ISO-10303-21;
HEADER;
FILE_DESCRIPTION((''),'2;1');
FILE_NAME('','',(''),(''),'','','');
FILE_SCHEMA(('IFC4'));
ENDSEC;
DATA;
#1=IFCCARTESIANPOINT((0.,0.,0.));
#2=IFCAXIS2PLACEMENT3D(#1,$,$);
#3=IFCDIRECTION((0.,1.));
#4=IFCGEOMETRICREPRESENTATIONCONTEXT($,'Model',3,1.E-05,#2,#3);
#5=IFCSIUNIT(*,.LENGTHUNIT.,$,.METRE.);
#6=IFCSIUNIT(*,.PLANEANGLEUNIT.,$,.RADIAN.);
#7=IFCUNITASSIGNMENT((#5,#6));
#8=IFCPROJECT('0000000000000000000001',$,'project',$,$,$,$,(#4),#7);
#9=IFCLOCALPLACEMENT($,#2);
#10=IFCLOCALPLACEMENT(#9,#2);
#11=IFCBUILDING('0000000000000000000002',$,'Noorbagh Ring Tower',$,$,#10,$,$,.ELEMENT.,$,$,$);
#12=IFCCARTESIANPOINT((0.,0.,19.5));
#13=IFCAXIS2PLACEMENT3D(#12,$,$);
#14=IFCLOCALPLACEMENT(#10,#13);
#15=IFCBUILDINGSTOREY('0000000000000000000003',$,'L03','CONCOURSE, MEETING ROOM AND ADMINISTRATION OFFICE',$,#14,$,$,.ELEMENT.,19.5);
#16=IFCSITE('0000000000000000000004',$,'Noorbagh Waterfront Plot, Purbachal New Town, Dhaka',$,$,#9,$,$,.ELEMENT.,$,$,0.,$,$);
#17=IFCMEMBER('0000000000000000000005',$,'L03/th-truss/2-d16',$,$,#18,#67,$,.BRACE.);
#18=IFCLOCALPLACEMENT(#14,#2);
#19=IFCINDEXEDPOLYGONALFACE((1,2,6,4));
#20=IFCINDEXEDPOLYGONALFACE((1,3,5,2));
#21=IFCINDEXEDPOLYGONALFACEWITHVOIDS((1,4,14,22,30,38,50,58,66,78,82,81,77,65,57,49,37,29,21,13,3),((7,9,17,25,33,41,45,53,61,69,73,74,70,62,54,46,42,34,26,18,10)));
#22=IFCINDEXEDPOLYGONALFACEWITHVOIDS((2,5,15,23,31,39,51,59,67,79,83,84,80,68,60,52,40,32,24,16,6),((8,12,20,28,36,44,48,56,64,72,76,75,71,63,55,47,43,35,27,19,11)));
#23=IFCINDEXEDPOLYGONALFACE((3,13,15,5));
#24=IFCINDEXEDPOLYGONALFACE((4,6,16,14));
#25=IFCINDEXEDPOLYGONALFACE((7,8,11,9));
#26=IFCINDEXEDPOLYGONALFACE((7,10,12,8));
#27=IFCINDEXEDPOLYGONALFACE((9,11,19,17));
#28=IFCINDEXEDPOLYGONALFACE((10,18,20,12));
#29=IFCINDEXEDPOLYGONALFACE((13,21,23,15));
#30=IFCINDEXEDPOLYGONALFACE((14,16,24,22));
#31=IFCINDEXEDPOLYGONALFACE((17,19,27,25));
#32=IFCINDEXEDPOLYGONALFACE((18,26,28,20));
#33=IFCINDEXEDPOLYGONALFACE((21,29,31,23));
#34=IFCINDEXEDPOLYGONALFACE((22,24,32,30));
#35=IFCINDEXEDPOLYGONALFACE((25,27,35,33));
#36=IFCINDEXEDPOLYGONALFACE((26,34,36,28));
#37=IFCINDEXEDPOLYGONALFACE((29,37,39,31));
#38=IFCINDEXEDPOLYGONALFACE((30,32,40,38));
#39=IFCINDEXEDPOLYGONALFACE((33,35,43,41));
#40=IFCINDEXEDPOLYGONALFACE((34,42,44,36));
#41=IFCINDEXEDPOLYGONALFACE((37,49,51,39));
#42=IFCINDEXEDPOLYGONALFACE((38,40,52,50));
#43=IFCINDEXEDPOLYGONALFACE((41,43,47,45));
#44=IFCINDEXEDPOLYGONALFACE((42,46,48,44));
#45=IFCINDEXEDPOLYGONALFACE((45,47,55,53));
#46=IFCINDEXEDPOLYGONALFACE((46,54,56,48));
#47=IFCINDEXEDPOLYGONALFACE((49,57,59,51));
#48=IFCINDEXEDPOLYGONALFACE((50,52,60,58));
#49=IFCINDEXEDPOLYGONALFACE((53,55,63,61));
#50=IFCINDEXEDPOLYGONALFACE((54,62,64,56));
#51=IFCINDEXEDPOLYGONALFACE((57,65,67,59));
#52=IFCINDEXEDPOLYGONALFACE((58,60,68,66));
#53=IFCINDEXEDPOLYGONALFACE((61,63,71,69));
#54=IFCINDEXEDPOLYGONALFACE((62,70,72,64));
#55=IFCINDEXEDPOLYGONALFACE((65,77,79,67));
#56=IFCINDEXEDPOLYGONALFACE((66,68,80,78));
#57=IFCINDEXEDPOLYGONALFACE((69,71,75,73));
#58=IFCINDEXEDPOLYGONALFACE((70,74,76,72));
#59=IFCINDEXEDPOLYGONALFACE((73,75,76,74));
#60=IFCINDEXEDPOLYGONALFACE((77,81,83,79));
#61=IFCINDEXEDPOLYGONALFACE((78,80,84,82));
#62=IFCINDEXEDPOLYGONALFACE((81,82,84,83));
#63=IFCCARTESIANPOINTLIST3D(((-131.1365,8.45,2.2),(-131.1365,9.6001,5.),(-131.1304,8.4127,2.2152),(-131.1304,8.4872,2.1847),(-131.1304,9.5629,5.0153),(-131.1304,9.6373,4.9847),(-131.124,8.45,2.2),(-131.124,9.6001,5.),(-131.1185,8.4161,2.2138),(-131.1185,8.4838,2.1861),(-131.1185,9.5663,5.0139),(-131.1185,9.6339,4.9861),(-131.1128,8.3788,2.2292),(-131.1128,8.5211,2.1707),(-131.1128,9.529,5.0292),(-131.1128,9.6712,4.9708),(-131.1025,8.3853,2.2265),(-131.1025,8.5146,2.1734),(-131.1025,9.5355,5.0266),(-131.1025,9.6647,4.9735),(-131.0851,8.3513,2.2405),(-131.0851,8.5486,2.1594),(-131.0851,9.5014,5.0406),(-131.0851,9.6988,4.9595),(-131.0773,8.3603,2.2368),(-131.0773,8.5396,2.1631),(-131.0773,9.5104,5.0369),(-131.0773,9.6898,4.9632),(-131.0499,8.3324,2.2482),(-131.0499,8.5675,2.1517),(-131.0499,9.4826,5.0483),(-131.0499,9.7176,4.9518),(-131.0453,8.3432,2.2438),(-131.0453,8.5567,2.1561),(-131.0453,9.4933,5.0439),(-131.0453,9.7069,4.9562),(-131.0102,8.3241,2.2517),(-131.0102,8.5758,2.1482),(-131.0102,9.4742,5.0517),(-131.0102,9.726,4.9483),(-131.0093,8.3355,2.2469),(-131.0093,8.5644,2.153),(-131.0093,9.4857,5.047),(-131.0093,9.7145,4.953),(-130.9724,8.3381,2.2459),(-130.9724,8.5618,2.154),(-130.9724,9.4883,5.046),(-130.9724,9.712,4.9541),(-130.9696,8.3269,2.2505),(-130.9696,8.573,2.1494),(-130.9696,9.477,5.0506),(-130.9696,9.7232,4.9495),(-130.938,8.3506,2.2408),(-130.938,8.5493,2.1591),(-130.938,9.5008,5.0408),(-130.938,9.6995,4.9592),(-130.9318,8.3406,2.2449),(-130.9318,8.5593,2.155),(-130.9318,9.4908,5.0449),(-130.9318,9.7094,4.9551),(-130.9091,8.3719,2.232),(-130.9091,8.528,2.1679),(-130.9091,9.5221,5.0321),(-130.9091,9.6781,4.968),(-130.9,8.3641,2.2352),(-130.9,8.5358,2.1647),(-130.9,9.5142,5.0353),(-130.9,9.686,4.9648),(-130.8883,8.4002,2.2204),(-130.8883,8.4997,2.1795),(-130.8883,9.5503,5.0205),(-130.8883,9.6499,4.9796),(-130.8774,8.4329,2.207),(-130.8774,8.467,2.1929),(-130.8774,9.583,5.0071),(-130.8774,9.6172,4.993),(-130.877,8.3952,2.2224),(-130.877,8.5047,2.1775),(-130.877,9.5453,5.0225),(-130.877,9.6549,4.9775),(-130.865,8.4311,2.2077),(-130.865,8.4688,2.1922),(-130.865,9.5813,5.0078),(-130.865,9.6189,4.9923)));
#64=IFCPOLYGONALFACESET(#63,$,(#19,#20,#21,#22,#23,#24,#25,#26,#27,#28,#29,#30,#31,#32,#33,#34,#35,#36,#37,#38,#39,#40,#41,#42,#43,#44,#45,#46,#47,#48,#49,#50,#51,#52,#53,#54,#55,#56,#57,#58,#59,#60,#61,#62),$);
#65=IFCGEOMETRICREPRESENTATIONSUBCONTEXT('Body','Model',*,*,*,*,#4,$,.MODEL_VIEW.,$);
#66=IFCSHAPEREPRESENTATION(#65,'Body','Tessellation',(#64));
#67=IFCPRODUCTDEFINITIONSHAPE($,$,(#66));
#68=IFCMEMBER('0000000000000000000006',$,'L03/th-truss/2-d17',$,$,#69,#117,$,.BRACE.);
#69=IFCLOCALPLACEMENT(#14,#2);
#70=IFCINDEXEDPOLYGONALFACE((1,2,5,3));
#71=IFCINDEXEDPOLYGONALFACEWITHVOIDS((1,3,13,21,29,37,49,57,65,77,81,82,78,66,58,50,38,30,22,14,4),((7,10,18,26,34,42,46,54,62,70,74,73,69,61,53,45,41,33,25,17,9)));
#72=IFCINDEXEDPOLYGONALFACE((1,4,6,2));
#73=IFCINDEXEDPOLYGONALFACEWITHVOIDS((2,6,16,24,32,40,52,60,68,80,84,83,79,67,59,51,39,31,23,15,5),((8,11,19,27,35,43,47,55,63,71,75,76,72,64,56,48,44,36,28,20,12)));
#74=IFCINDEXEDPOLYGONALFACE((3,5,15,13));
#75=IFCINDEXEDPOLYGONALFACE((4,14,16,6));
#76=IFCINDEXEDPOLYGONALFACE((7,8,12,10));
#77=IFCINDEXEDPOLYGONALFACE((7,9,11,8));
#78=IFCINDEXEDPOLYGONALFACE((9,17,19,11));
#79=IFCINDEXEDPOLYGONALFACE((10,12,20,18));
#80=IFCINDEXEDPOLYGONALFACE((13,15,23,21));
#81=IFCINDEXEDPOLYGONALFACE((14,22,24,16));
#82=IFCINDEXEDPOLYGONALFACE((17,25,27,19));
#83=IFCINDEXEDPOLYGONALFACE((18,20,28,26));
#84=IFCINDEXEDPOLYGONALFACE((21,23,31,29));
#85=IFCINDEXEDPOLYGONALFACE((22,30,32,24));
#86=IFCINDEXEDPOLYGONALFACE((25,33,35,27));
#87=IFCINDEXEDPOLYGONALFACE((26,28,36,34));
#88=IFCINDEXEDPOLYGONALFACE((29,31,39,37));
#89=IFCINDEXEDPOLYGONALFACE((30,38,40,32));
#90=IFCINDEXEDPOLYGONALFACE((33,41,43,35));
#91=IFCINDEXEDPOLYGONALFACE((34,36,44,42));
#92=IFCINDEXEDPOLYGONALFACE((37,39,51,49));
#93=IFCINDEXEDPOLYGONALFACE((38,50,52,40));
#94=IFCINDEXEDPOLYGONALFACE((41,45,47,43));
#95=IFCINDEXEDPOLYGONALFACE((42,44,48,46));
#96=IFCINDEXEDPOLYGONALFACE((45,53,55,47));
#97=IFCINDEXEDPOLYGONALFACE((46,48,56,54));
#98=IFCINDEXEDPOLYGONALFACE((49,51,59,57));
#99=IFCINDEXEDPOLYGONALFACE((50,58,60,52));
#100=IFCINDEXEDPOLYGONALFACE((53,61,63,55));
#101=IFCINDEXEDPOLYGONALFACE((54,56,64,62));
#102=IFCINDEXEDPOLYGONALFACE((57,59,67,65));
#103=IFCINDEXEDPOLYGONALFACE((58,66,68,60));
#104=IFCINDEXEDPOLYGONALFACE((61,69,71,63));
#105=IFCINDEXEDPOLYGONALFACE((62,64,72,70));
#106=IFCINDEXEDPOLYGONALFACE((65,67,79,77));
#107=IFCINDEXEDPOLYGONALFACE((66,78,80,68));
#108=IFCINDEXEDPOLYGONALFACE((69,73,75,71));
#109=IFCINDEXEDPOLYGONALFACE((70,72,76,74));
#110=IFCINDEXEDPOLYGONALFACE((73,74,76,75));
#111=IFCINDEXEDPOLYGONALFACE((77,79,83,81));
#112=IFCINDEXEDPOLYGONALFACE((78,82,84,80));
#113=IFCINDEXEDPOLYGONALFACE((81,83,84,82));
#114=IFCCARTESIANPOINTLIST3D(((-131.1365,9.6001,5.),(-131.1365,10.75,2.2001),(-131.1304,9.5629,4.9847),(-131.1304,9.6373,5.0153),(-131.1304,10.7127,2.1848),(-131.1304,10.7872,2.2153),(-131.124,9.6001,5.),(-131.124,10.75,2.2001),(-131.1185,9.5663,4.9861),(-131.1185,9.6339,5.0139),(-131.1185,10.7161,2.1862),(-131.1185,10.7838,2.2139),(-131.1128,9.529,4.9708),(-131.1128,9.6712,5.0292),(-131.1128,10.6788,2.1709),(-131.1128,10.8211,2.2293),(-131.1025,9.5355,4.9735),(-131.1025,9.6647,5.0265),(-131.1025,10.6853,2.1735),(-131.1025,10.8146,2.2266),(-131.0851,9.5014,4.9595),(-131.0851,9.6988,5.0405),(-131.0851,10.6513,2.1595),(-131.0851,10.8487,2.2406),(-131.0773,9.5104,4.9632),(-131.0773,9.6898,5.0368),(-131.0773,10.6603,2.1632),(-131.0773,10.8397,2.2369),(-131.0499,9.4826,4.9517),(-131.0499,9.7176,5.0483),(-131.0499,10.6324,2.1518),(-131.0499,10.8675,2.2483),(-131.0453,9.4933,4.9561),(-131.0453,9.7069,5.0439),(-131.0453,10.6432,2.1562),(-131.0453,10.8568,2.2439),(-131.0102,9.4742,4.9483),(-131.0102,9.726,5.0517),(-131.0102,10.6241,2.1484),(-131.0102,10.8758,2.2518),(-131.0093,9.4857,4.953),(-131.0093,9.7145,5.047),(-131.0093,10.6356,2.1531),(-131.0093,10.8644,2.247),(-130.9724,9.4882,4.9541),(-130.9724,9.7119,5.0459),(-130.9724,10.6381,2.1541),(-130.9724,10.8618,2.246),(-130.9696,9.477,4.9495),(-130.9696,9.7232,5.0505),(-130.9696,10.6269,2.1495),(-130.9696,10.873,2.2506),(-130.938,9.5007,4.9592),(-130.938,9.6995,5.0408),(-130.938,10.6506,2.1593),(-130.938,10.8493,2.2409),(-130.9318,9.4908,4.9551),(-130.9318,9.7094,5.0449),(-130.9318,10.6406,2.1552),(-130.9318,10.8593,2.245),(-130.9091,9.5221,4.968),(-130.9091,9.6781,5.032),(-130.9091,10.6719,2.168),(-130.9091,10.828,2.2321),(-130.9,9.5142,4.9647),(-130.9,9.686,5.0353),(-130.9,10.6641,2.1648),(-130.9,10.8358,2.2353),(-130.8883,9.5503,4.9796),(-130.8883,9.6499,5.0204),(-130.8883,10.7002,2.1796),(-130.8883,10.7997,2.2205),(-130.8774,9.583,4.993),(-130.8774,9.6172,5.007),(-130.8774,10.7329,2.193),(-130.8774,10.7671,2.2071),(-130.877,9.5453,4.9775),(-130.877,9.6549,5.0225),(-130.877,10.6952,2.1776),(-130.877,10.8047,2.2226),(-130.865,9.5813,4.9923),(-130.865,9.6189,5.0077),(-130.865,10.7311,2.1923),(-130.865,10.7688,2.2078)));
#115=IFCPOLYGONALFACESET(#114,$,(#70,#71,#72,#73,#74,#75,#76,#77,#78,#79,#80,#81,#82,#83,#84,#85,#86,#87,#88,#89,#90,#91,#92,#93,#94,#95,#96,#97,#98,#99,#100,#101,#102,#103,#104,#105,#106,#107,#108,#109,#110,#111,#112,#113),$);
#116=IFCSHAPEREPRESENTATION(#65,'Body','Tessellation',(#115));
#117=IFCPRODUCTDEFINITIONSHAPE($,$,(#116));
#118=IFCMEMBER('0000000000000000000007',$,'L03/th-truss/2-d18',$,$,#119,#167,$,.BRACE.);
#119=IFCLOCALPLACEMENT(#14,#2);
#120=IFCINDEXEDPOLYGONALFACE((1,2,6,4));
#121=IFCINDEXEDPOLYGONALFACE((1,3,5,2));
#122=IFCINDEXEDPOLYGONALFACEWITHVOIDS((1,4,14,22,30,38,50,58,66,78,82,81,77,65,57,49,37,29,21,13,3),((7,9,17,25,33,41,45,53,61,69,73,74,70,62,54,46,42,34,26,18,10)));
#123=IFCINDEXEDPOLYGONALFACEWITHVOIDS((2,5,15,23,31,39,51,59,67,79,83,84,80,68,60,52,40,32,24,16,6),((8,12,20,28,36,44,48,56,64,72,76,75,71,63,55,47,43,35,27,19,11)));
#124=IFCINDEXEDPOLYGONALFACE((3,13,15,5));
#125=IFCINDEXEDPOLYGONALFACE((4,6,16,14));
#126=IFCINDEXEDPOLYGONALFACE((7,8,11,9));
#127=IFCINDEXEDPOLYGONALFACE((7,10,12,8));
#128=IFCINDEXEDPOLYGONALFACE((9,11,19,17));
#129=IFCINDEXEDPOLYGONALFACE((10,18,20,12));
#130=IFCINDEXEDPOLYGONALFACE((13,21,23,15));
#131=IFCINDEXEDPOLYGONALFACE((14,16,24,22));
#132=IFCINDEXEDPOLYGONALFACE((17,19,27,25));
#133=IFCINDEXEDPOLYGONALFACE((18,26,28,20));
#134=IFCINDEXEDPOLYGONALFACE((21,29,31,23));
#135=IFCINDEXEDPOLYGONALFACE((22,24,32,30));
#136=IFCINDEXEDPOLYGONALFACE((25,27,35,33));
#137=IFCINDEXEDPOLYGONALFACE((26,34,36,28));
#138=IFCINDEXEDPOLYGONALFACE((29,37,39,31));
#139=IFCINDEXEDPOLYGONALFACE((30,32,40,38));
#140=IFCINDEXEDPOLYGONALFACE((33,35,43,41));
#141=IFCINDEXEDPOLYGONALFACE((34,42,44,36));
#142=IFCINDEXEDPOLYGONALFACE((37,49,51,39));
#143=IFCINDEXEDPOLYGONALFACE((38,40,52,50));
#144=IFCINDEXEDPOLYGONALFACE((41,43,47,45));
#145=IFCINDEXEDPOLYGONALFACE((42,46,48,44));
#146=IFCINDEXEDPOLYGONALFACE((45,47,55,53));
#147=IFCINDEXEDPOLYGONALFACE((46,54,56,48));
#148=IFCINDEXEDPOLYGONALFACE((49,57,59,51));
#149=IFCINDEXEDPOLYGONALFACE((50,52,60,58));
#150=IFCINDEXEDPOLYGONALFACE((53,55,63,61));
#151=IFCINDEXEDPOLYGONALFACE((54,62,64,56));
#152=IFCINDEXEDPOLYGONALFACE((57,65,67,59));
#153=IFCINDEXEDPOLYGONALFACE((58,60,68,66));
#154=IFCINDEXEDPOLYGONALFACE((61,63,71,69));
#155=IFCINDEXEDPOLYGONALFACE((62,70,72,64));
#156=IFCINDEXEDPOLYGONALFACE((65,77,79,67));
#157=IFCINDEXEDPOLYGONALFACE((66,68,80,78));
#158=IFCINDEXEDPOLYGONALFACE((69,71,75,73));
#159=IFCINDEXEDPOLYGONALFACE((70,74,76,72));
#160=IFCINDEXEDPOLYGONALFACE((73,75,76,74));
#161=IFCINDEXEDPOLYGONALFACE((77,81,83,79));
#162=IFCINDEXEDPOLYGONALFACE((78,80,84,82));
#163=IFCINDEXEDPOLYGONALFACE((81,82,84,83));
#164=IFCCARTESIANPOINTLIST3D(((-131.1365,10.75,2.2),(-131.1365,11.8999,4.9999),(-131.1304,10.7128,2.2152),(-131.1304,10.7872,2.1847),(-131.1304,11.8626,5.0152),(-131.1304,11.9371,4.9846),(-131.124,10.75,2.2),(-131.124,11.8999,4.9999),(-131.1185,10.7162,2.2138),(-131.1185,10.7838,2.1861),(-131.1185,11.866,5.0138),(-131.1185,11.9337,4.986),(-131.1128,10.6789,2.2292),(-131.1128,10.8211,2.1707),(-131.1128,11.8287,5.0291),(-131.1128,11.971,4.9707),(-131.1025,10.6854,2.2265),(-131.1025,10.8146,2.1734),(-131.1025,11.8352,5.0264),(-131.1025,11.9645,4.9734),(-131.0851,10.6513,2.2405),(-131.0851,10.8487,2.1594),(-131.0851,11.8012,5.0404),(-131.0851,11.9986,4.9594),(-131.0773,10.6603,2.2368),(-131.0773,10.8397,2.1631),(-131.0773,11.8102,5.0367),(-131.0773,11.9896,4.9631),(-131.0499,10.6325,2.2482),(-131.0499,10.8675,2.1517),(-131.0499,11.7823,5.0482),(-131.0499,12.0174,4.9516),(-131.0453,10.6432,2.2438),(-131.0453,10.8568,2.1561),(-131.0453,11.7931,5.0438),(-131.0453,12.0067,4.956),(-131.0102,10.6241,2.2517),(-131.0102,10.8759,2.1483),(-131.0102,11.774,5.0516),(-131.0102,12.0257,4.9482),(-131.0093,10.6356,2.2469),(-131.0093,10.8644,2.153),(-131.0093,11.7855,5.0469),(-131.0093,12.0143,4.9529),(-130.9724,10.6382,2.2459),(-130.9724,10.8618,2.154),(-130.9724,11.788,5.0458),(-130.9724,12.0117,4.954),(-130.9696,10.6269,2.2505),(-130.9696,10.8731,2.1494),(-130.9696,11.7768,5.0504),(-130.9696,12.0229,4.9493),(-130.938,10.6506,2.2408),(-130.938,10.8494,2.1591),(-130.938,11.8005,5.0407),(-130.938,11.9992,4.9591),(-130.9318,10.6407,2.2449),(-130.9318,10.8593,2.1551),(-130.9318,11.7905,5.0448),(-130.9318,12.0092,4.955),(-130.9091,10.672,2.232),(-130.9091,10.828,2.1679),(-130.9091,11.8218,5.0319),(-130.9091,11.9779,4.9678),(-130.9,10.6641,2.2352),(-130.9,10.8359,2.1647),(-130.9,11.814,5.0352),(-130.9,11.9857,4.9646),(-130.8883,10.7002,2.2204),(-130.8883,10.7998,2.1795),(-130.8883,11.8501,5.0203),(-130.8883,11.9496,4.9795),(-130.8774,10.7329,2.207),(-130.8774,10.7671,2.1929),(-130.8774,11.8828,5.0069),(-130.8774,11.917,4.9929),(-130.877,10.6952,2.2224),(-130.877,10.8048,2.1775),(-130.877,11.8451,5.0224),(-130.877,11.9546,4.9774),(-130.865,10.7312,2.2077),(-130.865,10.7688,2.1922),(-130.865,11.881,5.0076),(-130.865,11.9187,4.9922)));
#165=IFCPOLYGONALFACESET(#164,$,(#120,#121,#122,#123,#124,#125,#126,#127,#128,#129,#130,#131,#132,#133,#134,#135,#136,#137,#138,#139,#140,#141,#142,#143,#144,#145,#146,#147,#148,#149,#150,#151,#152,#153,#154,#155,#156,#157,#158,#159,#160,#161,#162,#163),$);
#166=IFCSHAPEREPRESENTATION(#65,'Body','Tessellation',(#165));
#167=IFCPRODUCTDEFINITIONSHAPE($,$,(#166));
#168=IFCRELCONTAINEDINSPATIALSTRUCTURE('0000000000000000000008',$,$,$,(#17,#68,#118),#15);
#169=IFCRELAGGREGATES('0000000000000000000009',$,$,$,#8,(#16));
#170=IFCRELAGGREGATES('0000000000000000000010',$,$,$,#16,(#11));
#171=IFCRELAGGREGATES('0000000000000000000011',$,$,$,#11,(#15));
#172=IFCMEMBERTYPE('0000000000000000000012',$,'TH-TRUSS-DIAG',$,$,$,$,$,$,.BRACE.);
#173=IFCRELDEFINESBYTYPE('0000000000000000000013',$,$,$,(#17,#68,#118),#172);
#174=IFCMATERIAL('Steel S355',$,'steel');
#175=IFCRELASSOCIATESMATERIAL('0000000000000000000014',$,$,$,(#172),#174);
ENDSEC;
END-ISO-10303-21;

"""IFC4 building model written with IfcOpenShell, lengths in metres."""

from ifc_helpers import new_model, si_unit, direction, frame, origin, origin_2d, place, context, subcontext, project, spatial, hollow_circle, extrude, material, material_profile, profile_set, type_object, element, save


model = new_model("IFC4")

# Units and contexts
model_context = context("Model", 3, precision=1e-05, world=origin(), true_north=direction((0.0, 1.0)))
body_context = subcontext(model_context, "Body", "Model", "MODEL_VIEW")
ifc_project = project(units=[si_unit("LENGTHUNIT", "METRE"), si_unit("PLANEANGLEUNIT", "RADIAN")], contexts=[model_context])

# Site, building, storey
site_placement = place(None, origin())
site = spatial("IfcSite", under=ifc_project, at=site_placement, Name="Noorbagh Waterfront Plot, Purbachal New Town, Dhaka", CompositionType="ELEMENT", RefElevation=0.0)
building_placement = place(site_placement, origin())
building = spatial("IfcBuilding", under=site, at=building_placement, Name="Noorbagh Ring Tower", CompositionType="ELEMENT")
storey_placement = place(building_placement, frame((0.0, 0.0, 19.5)))
storey = spatial("IfcBuildingStorey", under=building, at=storey_placement, Name="L03", Description="CONCOURSE, MEETING ROOM AND ADMINISTRATION OFFICE", CompositionType="ELEMENT", Elevation=19.5)

# Members
ifc_material_1 = material(Name="Steel S355", Category="steel")
ifc_material_profile = material_profile(ifc_material_1, hollow_circle(Radius=0.1365, WallThickness=0.0125, at=origin_2d()), Name="CHS273x12.5")
ifc_profile_set = profile_set([ifc_material_profile], Name="Steel S355")
member_type = type_object("IfcMemberType", Name="TH-TRUSS-DIAG", PredefinedType="BRACE", material=ifc_profile_set)
member_1_placement = place(storey_placement, frame((-131.0, 8.45, 2.2), z_axis=(0.0, 0.379955, 0.925005), x_axis=(-1.0, 0.0, 0.0)))
element("IfcMember", 1, at=member_1_placement, inside=storey, type_object=member_type, Name="L03/th-truss/2-d16", PredefinedType="BRACE", context=body_context, shape_type="SweptSolid", body=[
    extrude(hollow_circle(Radius=0.1365, WallThickness=0.0125, at=origin_2d()), origin(), (0.0, 0.0, 1.0), 3.0271),
])
for number, where, z_axis, x_axis, name in (
    (2, (-131.0, 9.6001, 5.0), (0.0, 0.379886, -0.925033), (-1.0, 0.0, 0.0), "L03/th-truss/2-d17"),
    (3, (-131.0, 10.75, 2.2), (0.0, 0.379886, 0.925033), (-1.0, 0.0, 0.0), "L03/th-truss/2-d18"),
):
    element("IfcMember", number, at=place(storey_placement, frame(where, z_axis=z_axis, x_axis=x_axis)), inside=storey, type_object=member_type, Name=name, PredefinedType="BRACE", context=body_context, shape_type="SweptSolid", body=[
        extrude(hollow_circle(Radius=0.1365, WallThickness=0.0125, at=origin_2d()), origin(), (0.0, 0.0, 1.0), 3.0269),
    ])

save(model, "model.ifc")
